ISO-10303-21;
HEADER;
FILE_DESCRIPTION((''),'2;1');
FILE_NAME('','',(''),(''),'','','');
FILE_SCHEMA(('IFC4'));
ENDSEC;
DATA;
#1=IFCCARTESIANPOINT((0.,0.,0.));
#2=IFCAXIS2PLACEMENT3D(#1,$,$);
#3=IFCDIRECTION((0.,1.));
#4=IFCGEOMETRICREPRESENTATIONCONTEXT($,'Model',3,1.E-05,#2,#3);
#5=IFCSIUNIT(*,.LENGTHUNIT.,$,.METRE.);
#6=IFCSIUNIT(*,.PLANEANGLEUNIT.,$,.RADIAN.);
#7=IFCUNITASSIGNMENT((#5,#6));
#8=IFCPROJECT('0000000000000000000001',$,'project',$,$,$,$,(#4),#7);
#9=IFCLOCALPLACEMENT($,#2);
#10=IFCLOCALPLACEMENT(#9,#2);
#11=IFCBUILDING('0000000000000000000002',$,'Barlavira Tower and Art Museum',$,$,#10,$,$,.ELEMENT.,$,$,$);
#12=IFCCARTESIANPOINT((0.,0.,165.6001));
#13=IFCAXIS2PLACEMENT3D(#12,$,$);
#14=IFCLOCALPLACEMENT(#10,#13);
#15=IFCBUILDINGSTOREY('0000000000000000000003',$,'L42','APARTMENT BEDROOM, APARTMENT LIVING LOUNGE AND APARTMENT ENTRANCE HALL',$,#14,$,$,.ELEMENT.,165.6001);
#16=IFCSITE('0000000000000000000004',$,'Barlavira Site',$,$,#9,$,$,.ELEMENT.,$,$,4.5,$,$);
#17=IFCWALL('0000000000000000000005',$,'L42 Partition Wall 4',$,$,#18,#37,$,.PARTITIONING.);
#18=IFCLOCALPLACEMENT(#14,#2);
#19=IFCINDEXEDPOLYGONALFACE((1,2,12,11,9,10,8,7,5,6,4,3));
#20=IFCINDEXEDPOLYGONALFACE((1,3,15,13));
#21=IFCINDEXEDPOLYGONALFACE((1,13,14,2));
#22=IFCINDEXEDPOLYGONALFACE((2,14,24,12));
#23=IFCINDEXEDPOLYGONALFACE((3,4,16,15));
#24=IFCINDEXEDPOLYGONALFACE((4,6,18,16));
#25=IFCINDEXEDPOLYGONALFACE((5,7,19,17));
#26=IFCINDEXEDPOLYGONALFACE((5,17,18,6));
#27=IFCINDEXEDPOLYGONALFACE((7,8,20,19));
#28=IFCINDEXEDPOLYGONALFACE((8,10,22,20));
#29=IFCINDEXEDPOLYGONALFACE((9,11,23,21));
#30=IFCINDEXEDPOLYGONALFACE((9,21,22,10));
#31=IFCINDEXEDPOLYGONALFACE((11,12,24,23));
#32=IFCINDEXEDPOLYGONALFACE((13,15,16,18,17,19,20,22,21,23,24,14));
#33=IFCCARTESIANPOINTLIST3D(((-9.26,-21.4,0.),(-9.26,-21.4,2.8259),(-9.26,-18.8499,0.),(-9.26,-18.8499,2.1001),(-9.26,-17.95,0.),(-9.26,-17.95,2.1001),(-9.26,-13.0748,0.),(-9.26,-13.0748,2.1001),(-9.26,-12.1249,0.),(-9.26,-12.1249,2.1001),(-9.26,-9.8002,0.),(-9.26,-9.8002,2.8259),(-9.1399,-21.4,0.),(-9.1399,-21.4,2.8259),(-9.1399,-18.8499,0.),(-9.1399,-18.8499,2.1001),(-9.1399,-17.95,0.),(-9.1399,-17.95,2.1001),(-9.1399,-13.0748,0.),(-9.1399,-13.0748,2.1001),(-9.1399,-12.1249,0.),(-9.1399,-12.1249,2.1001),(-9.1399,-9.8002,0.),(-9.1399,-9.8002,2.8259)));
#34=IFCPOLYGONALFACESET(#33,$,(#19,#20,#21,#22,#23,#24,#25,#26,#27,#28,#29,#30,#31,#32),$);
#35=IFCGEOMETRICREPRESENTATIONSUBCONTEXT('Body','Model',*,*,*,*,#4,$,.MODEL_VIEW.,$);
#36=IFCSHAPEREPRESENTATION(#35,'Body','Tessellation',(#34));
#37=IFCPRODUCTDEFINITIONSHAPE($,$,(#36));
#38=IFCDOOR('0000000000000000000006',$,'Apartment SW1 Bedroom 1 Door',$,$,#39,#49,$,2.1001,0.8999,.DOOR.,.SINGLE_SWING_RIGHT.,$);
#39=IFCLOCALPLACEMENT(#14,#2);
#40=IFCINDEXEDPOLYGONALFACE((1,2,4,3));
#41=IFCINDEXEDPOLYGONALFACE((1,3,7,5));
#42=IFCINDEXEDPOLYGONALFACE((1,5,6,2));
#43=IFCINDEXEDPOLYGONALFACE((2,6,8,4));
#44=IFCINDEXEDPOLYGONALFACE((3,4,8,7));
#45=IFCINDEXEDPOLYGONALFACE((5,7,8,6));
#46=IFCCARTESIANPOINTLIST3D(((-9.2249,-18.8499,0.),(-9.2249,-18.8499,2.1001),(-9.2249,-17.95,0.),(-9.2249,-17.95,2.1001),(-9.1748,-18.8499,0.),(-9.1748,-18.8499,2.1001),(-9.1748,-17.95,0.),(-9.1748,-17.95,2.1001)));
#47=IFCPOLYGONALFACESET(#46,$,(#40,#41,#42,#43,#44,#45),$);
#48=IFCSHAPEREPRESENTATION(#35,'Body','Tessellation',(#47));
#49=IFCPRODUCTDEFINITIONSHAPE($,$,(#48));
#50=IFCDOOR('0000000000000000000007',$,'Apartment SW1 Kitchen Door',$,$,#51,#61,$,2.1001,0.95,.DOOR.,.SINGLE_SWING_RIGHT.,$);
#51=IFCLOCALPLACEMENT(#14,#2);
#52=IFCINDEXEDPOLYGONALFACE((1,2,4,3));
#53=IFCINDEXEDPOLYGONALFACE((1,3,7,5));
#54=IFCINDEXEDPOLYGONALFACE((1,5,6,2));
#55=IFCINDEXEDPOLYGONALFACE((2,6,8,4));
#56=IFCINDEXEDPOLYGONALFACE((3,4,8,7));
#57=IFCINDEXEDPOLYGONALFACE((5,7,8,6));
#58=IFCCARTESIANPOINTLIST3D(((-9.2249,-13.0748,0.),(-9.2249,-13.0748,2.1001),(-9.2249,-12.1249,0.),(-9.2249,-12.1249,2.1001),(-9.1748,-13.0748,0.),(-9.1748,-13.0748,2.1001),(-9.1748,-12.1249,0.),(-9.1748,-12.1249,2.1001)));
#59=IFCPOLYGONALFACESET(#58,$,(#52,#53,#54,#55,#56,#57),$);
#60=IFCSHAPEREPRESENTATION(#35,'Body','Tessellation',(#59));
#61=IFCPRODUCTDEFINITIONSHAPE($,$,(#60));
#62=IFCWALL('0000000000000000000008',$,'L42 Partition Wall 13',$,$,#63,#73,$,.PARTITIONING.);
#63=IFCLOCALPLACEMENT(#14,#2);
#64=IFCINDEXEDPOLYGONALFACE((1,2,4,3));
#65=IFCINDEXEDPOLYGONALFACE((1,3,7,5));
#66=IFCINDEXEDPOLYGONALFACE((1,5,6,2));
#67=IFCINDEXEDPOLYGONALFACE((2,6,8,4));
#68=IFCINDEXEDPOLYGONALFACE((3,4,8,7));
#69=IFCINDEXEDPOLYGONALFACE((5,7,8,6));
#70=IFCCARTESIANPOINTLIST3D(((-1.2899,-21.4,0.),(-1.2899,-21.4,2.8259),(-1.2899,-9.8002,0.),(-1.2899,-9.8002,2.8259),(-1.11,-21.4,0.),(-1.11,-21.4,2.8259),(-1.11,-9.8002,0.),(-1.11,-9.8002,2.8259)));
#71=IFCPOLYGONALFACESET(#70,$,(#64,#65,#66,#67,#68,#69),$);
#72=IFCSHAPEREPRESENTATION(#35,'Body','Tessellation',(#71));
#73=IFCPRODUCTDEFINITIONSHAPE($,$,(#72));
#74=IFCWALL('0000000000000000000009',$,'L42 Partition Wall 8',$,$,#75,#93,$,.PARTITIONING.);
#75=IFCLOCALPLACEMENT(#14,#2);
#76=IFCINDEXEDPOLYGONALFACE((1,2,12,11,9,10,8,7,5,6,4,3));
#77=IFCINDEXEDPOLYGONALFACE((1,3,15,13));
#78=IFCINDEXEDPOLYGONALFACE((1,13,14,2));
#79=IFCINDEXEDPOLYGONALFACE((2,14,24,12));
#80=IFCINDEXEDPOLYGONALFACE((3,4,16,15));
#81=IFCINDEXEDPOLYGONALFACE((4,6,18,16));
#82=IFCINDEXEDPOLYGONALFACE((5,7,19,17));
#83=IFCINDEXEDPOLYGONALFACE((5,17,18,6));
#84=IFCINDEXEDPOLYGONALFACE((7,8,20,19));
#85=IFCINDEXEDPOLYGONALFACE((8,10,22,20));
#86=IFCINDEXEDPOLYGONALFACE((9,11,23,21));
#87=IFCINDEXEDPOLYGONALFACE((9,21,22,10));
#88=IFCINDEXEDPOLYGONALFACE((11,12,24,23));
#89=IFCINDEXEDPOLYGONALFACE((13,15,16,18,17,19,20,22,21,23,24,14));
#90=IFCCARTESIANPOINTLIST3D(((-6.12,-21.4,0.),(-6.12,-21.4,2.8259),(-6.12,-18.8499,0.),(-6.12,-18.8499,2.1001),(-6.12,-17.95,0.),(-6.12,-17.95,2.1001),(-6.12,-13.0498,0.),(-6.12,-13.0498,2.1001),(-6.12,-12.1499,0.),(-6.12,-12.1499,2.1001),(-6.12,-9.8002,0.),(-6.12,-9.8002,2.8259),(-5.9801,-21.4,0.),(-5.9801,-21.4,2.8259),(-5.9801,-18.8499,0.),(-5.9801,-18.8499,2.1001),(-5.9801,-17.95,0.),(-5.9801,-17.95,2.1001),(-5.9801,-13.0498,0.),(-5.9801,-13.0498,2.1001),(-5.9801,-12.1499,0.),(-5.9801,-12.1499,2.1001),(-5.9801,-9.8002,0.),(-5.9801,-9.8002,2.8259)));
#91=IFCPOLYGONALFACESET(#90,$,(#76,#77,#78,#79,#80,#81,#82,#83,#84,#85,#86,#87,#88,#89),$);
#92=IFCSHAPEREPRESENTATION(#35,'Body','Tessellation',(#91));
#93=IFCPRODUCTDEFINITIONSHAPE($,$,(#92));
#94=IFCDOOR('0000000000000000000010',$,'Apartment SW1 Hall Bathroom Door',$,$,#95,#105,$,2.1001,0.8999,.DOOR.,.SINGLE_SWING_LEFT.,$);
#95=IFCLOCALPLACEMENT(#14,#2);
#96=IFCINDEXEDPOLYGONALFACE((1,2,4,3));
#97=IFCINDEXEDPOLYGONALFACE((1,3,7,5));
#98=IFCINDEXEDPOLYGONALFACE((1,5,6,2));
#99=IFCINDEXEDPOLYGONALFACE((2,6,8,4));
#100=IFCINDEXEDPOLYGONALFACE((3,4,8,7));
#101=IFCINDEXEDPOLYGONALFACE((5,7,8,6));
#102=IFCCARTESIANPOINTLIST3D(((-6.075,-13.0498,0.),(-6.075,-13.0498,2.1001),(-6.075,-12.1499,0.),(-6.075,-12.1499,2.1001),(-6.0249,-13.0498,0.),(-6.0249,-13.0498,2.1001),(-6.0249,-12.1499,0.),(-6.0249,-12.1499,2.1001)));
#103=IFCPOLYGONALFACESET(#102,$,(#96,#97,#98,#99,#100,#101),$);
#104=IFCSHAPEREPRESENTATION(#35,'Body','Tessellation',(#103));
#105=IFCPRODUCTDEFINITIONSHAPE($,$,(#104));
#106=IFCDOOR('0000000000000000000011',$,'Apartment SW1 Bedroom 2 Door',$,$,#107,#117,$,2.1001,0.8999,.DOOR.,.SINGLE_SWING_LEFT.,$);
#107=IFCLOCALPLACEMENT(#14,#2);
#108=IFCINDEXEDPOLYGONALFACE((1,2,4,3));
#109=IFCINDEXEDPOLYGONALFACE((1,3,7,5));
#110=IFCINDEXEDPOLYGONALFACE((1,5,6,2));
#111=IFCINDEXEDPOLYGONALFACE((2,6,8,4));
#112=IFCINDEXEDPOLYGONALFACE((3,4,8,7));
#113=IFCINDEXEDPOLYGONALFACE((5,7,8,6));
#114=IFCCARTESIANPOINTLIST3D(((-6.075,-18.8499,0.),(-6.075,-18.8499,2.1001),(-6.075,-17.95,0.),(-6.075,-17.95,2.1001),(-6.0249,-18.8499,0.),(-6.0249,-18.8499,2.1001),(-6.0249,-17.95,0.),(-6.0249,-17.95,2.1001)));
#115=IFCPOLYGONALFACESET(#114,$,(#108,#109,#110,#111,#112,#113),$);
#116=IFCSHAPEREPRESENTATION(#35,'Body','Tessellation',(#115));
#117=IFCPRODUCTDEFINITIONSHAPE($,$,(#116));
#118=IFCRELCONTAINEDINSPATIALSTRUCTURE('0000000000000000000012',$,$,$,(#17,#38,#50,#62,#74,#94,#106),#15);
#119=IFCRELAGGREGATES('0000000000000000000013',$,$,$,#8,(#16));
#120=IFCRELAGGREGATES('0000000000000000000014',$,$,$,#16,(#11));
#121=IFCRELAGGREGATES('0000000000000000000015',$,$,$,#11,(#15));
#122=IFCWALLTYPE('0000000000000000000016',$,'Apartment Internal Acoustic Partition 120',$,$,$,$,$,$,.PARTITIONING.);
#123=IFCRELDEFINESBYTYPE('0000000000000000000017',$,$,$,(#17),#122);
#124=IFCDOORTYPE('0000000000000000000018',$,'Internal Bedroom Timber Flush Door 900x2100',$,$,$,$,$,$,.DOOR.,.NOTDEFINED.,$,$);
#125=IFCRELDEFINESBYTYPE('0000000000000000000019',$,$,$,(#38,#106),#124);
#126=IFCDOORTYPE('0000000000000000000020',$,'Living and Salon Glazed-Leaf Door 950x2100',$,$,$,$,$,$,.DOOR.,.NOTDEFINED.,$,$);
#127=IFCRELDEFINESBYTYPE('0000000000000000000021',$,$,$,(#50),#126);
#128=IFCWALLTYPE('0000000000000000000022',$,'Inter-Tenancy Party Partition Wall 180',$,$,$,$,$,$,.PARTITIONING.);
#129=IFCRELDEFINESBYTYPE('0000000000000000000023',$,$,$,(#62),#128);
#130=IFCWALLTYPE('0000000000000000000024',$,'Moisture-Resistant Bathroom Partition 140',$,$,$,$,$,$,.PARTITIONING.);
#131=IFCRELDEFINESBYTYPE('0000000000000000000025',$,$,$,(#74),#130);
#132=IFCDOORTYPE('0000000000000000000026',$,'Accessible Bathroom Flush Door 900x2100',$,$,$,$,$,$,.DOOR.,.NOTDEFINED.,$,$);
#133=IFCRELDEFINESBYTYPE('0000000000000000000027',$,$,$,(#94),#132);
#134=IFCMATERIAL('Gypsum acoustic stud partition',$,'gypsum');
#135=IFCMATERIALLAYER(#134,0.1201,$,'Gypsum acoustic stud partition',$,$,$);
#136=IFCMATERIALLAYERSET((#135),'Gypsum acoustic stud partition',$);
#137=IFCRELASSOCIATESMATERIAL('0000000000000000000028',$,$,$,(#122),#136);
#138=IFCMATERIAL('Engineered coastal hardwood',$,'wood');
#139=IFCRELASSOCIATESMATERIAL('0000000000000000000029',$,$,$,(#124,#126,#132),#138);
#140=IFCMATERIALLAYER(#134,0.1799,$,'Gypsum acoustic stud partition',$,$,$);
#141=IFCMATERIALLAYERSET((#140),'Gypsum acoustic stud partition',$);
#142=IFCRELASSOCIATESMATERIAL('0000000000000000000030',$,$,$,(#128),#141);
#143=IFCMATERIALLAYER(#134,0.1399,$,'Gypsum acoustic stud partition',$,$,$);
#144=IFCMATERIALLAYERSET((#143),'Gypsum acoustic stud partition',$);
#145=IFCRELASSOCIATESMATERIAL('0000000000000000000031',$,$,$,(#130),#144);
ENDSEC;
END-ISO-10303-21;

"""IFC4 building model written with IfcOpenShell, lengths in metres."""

from ifc_helpers import new_model, si_unit, direction, frame, frame_2d, origin, place, context, subcontext, project, spatial, rectangle, extrude, material, layer, layer_set, type_object, element, fill, save


model = new_model("IFC4")

# Units and contexts
model_context = context("Model", 3, precision=1e-05, world=origin(), true_north=direction((0.0, 1.0)))
body_context = subcontext(model_context, "Body", "Model", "MODEL_VIEW")
ifc_project = project(units=[si_unit("LENGTHUNIT", "METRE"), si_unit("PLANEANGLEUNIT", "RADIAN")], contexts=[model_context])

# Site, building, storey
site_placement = place(None, origin())
site = spatial("IfcSite", under=ifc_project, at=site_placement, Name="Barlavira Site", CompositionType="ELEMENT", RefElevation=4.5)
building_placement = place(site_placement, origin())
building = spatial("IfcBuilding", under=site, at=building_placement, Name="Barlavira Tower and Art Museum", CompositionType="ELEMENT")
storey_placement = place(building_placement, frame((0.0, 0.0, 165.6001)))
storey = spatial("IfcBuildingStorey", under=building, at=storey_placement, Name="L42", Description="APARTMENT BEDROOM, APARTMENT LIVING LOUNGE AND APARTMENT ENTRANCE HALL", CompositionType="ELEMENT", Elevation=165.6001)

# Wall, openings, doors
ifc_material_1 = material(Name="Gypsum acoustic stud partition", Category="gypsum")
ifc_layer_1 = layer(ifc_material_1, 0.1201, Name="Gypsum acoustic stud partition")
ifc_layer_set_1 = layer_set([ifc_layer_1], Name="Gypsum acoustic stud partition")
wall_type_1 = type_object("IfcWallType", Name="Apartment Internal Acoustic Partition 120", PredefinedType="PARTITIONING", material=ifc_layer_set_1)
wall_1_placement = place(storey_placement, frame((-9.2, -21.3999, 0.0), z_axis=(0.0, 0.0, 1.0), x_axis=(0.0, 1.0, 0.0)))
wall_1 = element("IfcWall", 1, at=wall_1_placement, inside=storey, type_object=wall_type_1, Name="L42 Partition Wall 4", PredefinedType="PARTITIONING", context=body_context, shape_type="SweptSolid", body=[
    extrude(rectangle(XDim=11.5999, YDim=0.1201, at=frame_2d((5.7998, 0.0))), origin(), (0.0, 0.0, 1.0), 2.8259),
])
opening_1_placement = place(wall_1_placement, frame((8.325, 0.0, 0.0)))
opening_1 = element("IfcOpeningElement", 2, at=opening_1_placement, cuts=wall_1, PredefinedType="OPENING", context=body_context, shape_type="SweptSolid", body=[
    extrude(rectangle(XDim=0.95, YDim=2.1001, at=frame_2d((0.4751, 1.05))), frame((0.0, 0.0701, 0.0), z_axis=(0.0, -1.0, 0.0), x_axis=(1.0, 0.0, 0.0)), (0.0, 0.0, 1.0), 0.1401),
])
opening_2_placement = place(wall_1_placement, frame((2.55, 0.0, 0.0)))
opening_2 = element("IfcOpeningElement", 3, at=opening_2_placement, cuts=wall_1, PredefinedType="OPENING", context=body_context, shape_type="SweptSolid", body=[
    extrude(rectangle(XDim=0.8999, YDim=2.1001, at=frame_2d((0.45, 1.05))), frame((0.0, 0.0701, 0.0), z_axis=(0.0, -1.0, 0.0), x_axis=(1.0, 0.0, 0.0)), (0.0, 0.0, 1.0), 0.1401),
])
ifc_material_2 = material(Name="Engineered coastal hardwood", Category="wood")
door_type_1 = type_object("IfcDoorType", Name="Internal Bedroom Timber Flush Door 900x2100", OperationType="NOTDEFINED", PredefinedType="DOOR", material=ifc_material_2)
door_1_placement = place(opening_2_placement, origin())
door_1 = element("IfcDoor", 4, at=door_1_placement, inside=storey, type_object=door_type_1, Name="Apartment SW1 Bedroom 1 Door", OperationType="SINGLE_SWING_RIGHT", OverallHeight=2.1001, OverallWidth=0.8999, PredefinedType="DOOR", context=body_context, shape_type="SweptSolid", body=[
    extrude(rectangle(XDim=0.8999, YDim=2.1001, at=frame_2d((0.45, 1.05))), frame((0.0, 0.0249, 0.0), z_axis=(0.0, -1.0, 0.0), x_axis=(1.0, 0.0, 0.0)), (0.0, 0.0, 1.0), 0.05),
])
fill(opening_2, door_1)
door_type_2 = type_object("IfcDoorType", Name="Living and Salon Glazed-Leaf Door 950x2100", OperationType="NOTDEFINED", PredefinedType="DOOR", material=ifc_material_2)
door_2_placement = place(opening_1_placement, origin())
door_2 = element("IfcDoor", 5, at=door_2_placement, inside=storey, type_object=door_type_2, Name="Apartment SW1 Kitchen Door", OperationType="SINGLE_SWING_RIGHT", OverallHeight=2.1001, OverallWidth=0.95, PredefinedType="DOOR", context=body_context, shape_type="SweptSolid", body=[
    extrude(rectangle(XDim=0.95, YDim=2.1001, at=frame_2d((0.4751, 1.05))), frame((0.0, 0.0249, 0.0), z_axis=(0.0, -1.0, 0.0), x_axis=(1.0, 0.0, 0.0)), (0.0, 0.0, 1.0), 0.05),
])
fill(opening_1, door_2)

# Wall
ifc_layer_2 = layer(ifc_material_1, 0.1799, Name="Gypsum acoustic stud partition")
ifc_layer_set_2 = layer_set([ifc_layer_2], Name="Gypsum acoustic stud partition")
wall_type_2 = type_object("IfcWallType", Name="Inter-Tenancy Party Partition Wall 180", PredefinedType="PARTITIONING", material=ifc_layer_set_2)
wall_2_placement = place(storey_placement, frame((-1.2, -21.3999, 0.0), z_axis=(0.0, 0.0, 1.0), x_axis=(0.0, 1.0, 0.0)))
element("IfcWall", 6, at=wall_2_placement, inside=storey, type_object=wall_type_2, Name="L42 Partition Wall 13", PredefinedType="PARTITIONING", context=body_context, shape_type="SweptSolid", body=[
    extrude(rectangle(XDim=11.5999, YDim=0.1799, at=frame_2d((5.7998, 0.0))), origin(), (0.0, 0.0, 1.0), 2.8259),
])

# Wall, openings, doors
ifc_layer_3 = layer(ifc_material_1, 0.1399, Name="Gypsum acoustic stud partition")
ifc_layer_set_3 = layer_set([ifc_layer_3], Name="Gypsum acoustic stud partition")
wall_type_3 = type_object("IfcWallType", Name="Moisture-Resistant Bathroom Partition 140", PredefinedType="PARTITIONING", material=ifc_layer_set_3)
wall_3_placement = place(storey_placement, frame((-6.05, -21.3999, 0.0), z_axis=(0.0, 0.0, 1.0), x_axis=(0.0, 1.0, 0.0)))
wall_3 = element("IfcWall", 7, at=wall_3_placement, inside=storey, type_object=wall_type_3, Name="L42 Partition Wall 8", PredefinedType="PARTITIONING", context=body_context, shape_type="SweptSolid", body=[
    extrude(rectangle(XDim=11.5999, YDim=0.1399, at=frame_2d((5.7998, 0.0))), origin(), (0.0, 0.0, 1.0), 2.8259),
])
opening_3_placement = place(wall_3_placement, frame((8.3501, 0.0, 0.0)))
opening_3 = element("IfcOpeningElement", 8, at=opening_3_placement, cuts=wall_3, PredefinedType="OPENING", context=body_context, shape_type="SweptSolid", body=[
    extrude(rectangle(XDim=0.8999, YDim=2.1001, at=frame_2d((0.45, 1.05))), frame((0.0, 0.0801, 0.0), z_axis=(0.0, -1.0, 0.0), x_axis=(1.0, 0.0, 0.0)), (0.0, 0.0, 1.0), 0.1599),
])
opening_4_placement = place(wall_3_placement, frame((2.55, 0.0, 0.0)))
opening_4 = element("IfcOpeningElement", 9, at=opening_4_placement, cuts=wall_3, PredefinedType="OPENING", context=body_context, shape_type="SweptSolid", body=[
    extrude(rectangle(XDim=0.8999, YDim=2.1001, at=frame_2d((0.45, 1.05))), frame((0.0, 0.0801, 0.0), z_axis=(0.0, -1.0, 0.0), x_axis=(1.0, 0.0, 0.0)), (0.0, 0.0, 1.0), 0.1599),
])
door_type_3 = type_object("IfcDoorType", Name="Accessible Bathroom Flush Door 900x2100", OperationType="NOTDEFINED", PredefinedType="DOOR", material=ifc_material_2)
door_3_placement = place(opening_3_placement, origin())
door_3 = element("IfcDoor", 10, at=door_3_placement, inside=storey, type_object=door_type_3, Name="Apartment SW1 Hall Bathroom Door", OperationType="SINGLE_SWING_LEFT", OverallHeight=2.1001, OverallWidth=0.8999, PredefinedType="DOOR", context=body_context, shape_type="SweptSolid", body=[
    extrude(rectangle(XDim=0.8999, YDim=2.1001, at=frame_2d((0.45, 1.05))), frame((0.0, 0.0249, 0.0), z_axis=(0.0, -1.0, 0.0), x_axis=(1.0, 0.0, 0.0)), (0.0, 0.0, 1.0), 0.05),
])
fill(opening_3, door_3)
door_4_placement = place(opening_4_placement, origin())
door_4 = element("IfcDoor", 11, at=door_4_placement, inside=storey, type_object=door_type_1, Name="Apartment SW1 Bedroom 2 Door", OperationType="SINGLE_SWING_LEFT", OverallHeight=2.1001, OverallWidth=0.8999, PredefinedType="DOOR", context=body_context, shape_type="SweptSolid", body=[
    extrude(rectangle(XDim=0.8999, YDim=2.1001, at=frame_2d((0.45, 1.05))), frame((0.0, 0.0249, 0.0), z_axis=(0.0, -1.0, 0.0), x_axis=(1.0, 0.0, 0.0)), (0.0, 0.0, 1.0), 0.05),
])
fill(opening_4, door_4)

save(model, "model.ifc")
